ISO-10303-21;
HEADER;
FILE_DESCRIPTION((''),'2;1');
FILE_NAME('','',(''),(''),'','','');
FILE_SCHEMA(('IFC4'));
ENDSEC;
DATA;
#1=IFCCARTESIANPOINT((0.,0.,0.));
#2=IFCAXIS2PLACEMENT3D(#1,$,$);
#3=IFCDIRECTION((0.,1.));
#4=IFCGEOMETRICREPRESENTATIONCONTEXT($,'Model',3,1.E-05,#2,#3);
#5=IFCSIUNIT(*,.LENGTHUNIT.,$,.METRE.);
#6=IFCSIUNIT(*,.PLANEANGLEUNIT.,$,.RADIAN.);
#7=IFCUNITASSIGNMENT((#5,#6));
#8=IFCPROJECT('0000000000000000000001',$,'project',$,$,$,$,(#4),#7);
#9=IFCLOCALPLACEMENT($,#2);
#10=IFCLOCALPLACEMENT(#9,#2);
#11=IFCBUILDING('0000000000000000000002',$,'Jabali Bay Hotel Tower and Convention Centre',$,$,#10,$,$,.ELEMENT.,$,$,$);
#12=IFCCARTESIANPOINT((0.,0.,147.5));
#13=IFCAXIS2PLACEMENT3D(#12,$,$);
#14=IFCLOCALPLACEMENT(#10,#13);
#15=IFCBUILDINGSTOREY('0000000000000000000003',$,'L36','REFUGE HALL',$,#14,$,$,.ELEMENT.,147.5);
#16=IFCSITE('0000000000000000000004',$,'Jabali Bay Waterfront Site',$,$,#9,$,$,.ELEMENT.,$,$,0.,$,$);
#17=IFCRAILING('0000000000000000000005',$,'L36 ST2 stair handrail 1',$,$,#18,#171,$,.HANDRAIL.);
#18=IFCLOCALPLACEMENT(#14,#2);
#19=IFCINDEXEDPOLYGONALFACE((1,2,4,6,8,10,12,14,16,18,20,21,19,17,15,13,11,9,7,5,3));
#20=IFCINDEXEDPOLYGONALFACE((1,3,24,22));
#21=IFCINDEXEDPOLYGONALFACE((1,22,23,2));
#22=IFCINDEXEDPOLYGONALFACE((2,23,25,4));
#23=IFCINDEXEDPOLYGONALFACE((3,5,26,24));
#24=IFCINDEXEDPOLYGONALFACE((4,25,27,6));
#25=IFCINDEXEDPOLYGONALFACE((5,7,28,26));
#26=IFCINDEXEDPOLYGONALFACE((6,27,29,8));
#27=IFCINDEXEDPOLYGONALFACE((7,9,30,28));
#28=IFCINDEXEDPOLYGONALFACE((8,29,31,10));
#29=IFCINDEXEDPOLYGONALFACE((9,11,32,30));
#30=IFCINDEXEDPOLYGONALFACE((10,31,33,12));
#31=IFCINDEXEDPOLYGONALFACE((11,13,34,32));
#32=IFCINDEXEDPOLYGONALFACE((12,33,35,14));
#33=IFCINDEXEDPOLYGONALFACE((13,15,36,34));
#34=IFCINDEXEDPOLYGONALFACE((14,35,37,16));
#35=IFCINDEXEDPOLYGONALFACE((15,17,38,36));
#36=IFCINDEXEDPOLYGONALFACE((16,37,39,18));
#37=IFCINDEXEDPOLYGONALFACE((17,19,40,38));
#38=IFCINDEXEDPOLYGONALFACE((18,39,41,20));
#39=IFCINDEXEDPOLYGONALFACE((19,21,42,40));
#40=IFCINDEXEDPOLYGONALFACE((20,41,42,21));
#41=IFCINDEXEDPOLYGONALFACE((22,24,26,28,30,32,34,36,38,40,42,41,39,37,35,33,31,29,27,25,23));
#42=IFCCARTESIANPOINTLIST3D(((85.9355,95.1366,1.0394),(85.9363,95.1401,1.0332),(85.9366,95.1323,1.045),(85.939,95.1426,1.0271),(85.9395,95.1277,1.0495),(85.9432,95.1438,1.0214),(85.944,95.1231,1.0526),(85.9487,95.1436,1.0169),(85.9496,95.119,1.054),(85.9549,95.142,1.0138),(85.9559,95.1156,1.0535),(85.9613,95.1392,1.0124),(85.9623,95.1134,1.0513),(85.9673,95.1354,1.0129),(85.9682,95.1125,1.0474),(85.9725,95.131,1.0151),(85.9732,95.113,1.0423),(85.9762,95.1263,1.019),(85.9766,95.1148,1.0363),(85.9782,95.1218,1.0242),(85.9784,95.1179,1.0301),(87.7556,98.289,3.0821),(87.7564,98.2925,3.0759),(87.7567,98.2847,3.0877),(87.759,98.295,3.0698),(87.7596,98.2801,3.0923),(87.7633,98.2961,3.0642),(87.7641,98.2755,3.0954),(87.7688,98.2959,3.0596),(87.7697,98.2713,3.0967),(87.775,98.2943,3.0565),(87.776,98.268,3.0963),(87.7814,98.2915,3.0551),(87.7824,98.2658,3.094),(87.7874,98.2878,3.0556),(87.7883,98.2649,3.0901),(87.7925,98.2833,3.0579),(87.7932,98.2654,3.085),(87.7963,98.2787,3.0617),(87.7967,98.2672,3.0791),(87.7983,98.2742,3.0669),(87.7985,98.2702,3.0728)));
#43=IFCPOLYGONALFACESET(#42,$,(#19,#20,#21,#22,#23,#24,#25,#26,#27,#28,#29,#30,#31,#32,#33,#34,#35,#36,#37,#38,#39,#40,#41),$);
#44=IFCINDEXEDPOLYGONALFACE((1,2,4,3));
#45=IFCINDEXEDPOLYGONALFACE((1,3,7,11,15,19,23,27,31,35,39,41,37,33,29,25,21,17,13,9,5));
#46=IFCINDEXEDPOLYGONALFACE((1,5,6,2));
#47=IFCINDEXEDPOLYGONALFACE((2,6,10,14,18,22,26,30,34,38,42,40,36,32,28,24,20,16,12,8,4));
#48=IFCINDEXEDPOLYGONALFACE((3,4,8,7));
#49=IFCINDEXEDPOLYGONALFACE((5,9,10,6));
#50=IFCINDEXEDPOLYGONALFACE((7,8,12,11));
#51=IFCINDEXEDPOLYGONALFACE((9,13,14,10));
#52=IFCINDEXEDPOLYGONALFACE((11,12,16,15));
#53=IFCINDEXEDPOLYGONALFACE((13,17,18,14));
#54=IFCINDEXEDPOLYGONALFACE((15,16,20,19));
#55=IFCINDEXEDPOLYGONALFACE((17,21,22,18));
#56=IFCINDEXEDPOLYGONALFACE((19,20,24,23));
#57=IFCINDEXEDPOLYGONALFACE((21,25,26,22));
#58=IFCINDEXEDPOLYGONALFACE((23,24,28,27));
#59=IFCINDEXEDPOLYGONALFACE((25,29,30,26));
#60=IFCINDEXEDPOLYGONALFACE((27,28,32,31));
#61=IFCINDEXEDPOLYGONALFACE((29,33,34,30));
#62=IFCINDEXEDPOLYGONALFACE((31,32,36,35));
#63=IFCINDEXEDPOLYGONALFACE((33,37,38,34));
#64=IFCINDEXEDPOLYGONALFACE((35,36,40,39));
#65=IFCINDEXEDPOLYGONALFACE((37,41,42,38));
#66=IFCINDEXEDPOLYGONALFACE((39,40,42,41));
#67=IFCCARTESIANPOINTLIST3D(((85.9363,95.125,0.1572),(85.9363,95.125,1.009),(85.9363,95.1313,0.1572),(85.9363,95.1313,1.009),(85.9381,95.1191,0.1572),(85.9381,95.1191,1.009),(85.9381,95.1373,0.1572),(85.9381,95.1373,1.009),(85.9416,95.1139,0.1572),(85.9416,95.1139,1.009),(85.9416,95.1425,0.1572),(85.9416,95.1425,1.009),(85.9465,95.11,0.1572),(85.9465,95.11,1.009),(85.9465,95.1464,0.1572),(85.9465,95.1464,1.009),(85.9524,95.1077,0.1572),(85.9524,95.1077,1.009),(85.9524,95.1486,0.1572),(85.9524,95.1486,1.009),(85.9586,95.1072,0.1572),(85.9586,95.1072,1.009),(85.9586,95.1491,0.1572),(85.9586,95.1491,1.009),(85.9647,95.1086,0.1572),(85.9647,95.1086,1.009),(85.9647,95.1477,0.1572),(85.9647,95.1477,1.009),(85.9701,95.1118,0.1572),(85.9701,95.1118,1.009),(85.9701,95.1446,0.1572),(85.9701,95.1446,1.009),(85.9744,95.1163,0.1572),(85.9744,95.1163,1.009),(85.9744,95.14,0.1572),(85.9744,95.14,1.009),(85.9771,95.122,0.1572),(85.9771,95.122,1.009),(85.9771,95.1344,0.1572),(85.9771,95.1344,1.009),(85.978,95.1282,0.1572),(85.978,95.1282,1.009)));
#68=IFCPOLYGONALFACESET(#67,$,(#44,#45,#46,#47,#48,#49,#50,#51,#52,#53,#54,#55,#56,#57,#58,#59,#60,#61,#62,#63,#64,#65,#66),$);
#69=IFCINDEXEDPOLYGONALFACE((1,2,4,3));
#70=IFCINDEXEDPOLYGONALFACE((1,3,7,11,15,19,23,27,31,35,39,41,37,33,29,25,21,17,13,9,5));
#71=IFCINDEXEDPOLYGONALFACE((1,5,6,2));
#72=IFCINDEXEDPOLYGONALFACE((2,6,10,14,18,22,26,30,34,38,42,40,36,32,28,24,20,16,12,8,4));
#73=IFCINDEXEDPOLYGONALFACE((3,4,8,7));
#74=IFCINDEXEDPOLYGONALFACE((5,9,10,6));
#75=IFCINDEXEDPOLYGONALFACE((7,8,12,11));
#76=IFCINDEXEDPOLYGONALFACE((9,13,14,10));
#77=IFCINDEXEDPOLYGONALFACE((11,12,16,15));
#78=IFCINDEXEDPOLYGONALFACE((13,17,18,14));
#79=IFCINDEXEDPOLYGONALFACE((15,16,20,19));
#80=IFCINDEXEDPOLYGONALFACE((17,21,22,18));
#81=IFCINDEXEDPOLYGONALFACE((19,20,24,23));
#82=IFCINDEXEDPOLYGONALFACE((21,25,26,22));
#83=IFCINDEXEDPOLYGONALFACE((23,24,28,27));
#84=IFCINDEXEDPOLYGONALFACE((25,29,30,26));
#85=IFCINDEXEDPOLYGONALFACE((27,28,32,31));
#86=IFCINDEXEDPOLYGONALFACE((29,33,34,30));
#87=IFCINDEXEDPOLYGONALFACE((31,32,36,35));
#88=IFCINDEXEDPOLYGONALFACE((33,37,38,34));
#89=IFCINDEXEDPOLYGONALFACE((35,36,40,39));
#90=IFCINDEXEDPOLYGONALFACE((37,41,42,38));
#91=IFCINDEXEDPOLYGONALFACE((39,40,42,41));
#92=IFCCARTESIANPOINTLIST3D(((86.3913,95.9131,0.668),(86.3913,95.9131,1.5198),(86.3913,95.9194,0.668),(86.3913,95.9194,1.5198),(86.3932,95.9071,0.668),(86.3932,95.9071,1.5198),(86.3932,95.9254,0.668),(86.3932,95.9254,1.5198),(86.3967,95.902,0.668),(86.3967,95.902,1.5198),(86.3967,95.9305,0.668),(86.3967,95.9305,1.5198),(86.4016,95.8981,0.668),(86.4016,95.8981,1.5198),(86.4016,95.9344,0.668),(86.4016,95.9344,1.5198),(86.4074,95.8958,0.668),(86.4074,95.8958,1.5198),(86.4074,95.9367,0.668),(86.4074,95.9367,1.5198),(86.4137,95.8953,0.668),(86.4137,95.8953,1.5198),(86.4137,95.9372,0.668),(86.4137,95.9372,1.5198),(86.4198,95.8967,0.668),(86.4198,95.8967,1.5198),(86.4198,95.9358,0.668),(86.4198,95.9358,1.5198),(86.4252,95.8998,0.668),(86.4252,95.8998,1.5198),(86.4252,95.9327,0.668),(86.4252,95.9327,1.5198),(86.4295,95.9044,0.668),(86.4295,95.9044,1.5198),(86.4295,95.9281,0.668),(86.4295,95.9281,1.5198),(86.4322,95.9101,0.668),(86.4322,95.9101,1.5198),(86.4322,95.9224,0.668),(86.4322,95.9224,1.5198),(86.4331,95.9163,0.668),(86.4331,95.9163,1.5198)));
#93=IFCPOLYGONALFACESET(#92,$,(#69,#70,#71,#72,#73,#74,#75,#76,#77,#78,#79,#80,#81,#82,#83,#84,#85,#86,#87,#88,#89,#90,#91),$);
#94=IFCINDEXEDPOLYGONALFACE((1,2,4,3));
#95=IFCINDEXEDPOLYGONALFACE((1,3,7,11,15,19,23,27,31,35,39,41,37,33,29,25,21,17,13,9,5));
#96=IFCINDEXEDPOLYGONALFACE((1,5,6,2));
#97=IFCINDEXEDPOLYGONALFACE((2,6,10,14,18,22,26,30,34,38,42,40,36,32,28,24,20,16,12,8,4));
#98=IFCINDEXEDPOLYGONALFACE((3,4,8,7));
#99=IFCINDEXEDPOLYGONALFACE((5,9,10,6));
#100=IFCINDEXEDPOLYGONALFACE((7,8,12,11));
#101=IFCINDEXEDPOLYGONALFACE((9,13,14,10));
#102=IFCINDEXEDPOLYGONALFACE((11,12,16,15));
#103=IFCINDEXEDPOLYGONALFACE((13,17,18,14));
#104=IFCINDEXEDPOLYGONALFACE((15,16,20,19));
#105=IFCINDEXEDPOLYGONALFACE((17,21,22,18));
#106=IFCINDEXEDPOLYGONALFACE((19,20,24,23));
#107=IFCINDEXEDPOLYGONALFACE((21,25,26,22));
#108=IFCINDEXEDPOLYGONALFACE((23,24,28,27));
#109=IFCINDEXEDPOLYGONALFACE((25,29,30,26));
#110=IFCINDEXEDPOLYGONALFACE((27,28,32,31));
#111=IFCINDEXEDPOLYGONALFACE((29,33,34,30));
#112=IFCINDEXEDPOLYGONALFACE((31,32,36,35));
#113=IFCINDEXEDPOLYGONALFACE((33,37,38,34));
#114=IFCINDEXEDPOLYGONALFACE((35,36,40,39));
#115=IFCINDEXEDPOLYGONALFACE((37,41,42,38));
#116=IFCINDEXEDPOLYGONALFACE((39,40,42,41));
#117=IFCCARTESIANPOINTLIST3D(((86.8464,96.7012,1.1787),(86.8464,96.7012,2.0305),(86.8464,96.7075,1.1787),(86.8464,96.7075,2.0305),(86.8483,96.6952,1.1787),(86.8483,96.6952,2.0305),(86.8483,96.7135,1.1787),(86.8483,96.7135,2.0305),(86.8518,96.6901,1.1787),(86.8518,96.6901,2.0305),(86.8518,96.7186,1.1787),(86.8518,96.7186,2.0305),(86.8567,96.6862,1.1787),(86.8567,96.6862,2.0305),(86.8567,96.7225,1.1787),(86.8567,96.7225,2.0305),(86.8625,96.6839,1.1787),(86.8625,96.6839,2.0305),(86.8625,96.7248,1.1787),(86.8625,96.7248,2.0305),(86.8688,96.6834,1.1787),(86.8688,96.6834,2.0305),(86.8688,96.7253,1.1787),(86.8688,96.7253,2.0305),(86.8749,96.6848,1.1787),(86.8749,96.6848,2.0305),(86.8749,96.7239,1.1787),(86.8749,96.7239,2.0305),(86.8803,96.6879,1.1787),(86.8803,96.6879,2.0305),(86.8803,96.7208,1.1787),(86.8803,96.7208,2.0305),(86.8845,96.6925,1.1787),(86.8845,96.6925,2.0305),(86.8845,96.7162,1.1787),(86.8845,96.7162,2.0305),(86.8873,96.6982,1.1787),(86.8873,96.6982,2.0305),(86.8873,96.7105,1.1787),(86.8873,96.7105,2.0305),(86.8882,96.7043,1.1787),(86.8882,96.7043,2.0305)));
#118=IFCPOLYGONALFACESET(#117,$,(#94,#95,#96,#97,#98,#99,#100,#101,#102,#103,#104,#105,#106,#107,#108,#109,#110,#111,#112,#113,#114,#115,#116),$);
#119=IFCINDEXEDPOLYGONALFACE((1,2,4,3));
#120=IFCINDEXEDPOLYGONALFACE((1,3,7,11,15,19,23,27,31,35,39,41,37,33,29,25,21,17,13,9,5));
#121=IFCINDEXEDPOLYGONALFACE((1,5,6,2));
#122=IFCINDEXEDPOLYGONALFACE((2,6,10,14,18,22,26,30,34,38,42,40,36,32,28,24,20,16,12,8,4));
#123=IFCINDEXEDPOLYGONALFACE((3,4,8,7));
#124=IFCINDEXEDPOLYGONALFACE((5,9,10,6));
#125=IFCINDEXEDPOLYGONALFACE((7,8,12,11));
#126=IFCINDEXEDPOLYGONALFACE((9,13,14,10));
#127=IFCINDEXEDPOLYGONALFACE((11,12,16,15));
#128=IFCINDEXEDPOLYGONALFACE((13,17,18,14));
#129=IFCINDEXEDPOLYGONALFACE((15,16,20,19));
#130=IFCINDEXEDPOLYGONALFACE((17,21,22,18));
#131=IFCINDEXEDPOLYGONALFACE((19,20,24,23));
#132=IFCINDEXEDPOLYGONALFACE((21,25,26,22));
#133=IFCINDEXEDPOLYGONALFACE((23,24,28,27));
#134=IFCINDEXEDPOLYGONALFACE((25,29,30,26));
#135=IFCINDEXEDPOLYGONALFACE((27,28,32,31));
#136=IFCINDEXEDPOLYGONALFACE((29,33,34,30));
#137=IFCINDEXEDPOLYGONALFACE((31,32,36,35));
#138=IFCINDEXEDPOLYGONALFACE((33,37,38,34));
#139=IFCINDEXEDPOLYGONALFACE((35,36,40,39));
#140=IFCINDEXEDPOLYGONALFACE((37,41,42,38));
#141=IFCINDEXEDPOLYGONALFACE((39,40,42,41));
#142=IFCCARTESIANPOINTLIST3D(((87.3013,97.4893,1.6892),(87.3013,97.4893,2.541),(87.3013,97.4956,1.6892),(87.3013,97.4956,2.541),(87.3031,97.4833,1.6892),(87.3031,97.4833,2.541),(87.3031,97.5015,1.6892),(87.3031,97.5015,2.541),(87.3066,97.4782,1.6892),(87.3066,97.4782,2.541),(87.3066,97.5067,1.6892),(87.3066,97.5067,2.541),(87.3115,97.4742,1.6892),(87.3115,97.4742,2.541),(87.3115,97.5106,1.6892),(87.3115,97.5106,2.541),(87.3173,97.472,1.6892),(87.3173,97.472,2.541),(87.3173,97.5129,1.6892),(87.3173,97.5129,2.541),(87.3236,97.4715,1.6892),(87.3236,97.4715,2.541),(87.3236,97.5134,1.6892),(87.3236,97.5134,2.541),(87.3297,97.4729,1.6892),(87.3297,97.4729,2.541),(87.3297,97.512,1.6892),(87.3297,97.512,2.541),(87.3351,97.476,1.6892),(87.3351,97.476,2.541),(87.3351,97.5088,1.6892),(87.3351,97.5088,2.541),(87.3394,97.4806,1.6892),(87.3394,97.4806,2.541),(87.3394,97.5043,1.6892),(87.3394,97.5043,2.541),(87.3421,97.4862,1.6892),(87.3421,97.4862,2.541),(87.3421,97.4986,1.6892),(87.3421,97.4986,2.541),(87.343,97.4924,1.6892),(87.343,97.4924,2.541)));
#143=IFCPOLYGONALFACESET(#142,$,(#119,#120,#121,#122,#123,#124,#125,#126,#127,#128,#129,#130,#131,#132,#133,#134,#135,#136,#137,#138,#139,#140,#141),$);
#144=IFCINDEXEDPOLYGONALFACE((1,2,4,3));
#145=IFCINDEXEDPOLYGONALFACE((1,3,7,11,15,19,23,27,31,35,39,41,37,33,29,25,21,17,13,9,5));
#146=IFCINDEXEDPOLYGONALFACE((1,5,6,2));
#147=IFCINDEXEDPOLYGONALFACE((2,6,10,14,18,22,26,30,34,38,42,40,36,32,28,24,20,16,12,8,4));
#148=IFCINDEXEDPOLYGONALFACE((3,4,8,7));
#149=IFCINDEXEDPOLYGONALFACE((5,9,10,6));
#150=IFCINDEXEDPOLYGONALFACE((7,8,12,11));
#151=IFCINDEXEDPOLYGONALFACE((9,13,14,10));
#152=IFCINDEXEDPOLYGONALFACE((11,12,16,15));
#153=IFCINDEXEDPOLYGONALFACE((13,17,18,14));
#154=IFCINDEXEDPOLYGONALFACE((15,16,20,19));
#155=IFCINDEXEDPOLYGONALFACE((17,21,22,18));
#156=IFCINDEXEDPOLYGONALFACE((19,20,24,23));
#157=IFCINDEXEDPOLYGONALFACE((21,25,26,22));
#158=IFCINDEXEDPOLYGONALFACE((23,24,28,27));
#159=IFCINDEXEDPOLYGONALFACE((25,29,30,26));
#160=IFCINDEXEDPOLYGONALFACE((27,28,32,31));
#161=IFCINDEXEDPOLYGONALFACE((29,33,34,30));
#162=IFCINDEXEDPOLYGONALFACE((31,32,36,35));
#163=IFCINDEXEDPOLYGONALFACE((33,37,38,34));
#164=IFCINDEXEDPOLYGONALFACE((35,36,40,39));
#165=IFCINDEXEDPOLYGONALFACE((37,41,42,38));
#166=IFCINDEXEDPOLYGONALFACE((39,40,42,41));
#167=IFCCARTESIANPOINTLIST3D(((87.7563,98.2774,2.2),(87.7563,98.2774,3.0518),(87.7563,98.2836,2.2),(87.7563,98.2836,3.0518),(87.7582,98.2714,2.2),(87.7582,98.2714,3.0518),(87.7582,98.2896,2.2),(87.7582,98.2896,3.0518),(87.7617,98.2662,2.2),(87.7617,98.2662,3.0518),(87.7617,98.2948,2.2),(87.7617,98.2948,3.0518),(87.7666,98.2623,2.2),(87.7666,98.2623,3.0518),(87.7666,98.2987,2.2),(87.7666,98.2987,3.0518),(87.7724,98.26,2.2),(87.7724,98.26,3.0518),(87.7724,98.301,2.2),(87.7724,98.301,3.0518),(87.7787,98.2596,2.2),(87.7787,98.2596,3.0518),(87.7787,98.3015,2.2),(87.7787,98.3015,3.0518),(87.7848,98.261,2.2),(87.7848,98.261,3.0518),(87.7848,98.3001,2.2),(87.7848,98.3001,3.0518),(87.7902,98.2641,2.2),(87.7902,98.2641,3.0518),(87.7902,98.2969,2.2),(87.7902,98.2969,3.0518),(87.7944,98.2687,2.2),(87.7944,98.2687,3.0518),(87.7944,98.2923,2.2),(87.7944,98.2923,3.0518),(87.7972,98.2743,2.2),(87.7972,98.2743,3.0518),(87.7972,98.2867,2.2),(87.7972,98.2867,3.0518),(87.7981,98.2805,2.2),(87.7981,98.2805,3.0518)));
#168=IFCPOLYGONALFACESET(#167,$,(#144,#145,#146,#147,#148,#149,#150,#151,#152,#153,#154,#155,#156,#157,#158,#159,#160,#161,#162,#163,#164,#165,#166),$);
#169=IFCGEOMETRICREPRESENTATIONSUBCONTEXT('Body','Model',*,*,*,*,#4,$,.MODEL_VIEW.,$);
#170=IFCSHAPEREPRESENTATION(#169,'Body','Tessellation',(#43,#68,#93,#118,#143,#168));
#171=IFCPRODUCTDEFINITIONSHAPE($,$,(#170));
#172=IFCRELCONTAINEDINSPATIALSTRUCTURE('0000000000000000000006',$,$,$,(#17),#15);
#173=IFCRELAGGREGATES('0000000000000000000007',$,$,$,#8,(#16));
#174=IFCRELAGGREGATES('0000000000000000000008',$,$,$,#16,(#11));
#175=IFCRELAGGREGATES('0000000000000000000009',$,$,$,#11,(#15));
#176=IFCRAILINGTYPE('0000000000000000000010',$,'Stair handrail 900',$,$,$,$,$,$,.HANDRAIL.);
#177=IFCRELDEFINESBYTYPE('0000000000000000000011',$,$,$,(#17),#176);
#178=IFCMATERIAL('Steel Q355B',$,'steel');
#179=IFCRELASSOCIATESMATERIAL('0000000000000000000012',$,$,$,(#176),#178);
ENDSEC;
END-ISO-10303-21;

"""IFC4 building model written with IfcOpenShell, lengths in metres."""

from ifc_helpers import new_model, si_unit, direction, frame, origin, origin_2d, place, context, subcontext, project, spatial, circle, extrude, material, type_object, element, save


model = new_model("IFC4")

# Units and contexts
model_context = context("Model", 3, precision=1e-05, world=origin(), true_north=direction((0.0, 1.0)))
body_context = subcontext(model_context, "Body", "Model", "MODEL_VIEW")
ifc_project = project(units=[si_unit("LENGTHUNIT", "METRE"), si_unit("PLANEANGLEUNIT", "RADIAN")], contexts=[model_context])

# Site, building, storey
site_placement = place(None, origin())
site = spatial("IfcSite", under=ifc_project, at=site_placement, Name="Jabali Bay Waterfront Site", CompositionType="ELEMENT", RefElevation=0.0)
building_placement = place(site_placement, origin())
building = spatial("IfcBuilding", under=site, at=building_placement, Name="Jabali Bay Hotel Tower and Convention Centre", CompositionType="ELEMENT")
storey_placement = place(building_placement, frame((0.0, 0.0, 147.5)))
storey = spatial("IfcBuildingStorey", under=building, at=storey_placement, Name="L36", Description="REFUGE HALL", CompositionType="ELEMENT", Elevation=147.5)

# Railing
ifc_material_1 = material(Name="Steel Q355B", Category="steel")
railing_type_1 = type_object("IfcRailingType", Name="Stair handrail 900", PredefinedType="HANDRAIL", material=ifc_material_1)
railing_1_placement = place(storey_placement, frame((85.957, 95.1282, 0.1572)))
element("IfcRailing", 1, at=railing_1_placement, inside=storey, type_object=railing_type_1, Name="L36 ST2 stair handrail 1", PredefinedType="HANDRAIL", context=body_context, shape_type="SweptSolid", body=[
    extrude(circle(Radius=0.0239, at=origin_2d()), frame((0.0, 0.0, 0.876), z_axis=(0.436044, 0.755225, 0.489387), x_axis=(-0.866018, 0.500013, 0.0)), (0.0, 0.0, 1.0), 4.1741),
    extrude(circle(Radius=0.021, at=origin_2d()), origin(), (0.0, 0.0, 1.0), 0.8518),
    extrude(circle(Radius=0.021, at=origin_2d()), frame((0.4551, 0.7881, 0.5107)), (0.0, 0.0, 1.0), 0.8518),
    extrude(circle(Radius=0.021, at=origin_2d()), frame((0.9102, 1.5762, 1.0215)), (0.0, 0.0, 1.0), 0.8518),
    extrude(circle(Radius=0.021, at=origin_2d()), frame((1.365, 2.3643, 1.532)), (0.0, 0.0, 1.0), 0.8518),
    extrude(circle(Radius=0.021, at=origin_2d()), frame((1.8201, 3.1523, 2.0427)), (0.0, 0.0, 1.0), 0.8518),
])

save(model, "model.ifc")
